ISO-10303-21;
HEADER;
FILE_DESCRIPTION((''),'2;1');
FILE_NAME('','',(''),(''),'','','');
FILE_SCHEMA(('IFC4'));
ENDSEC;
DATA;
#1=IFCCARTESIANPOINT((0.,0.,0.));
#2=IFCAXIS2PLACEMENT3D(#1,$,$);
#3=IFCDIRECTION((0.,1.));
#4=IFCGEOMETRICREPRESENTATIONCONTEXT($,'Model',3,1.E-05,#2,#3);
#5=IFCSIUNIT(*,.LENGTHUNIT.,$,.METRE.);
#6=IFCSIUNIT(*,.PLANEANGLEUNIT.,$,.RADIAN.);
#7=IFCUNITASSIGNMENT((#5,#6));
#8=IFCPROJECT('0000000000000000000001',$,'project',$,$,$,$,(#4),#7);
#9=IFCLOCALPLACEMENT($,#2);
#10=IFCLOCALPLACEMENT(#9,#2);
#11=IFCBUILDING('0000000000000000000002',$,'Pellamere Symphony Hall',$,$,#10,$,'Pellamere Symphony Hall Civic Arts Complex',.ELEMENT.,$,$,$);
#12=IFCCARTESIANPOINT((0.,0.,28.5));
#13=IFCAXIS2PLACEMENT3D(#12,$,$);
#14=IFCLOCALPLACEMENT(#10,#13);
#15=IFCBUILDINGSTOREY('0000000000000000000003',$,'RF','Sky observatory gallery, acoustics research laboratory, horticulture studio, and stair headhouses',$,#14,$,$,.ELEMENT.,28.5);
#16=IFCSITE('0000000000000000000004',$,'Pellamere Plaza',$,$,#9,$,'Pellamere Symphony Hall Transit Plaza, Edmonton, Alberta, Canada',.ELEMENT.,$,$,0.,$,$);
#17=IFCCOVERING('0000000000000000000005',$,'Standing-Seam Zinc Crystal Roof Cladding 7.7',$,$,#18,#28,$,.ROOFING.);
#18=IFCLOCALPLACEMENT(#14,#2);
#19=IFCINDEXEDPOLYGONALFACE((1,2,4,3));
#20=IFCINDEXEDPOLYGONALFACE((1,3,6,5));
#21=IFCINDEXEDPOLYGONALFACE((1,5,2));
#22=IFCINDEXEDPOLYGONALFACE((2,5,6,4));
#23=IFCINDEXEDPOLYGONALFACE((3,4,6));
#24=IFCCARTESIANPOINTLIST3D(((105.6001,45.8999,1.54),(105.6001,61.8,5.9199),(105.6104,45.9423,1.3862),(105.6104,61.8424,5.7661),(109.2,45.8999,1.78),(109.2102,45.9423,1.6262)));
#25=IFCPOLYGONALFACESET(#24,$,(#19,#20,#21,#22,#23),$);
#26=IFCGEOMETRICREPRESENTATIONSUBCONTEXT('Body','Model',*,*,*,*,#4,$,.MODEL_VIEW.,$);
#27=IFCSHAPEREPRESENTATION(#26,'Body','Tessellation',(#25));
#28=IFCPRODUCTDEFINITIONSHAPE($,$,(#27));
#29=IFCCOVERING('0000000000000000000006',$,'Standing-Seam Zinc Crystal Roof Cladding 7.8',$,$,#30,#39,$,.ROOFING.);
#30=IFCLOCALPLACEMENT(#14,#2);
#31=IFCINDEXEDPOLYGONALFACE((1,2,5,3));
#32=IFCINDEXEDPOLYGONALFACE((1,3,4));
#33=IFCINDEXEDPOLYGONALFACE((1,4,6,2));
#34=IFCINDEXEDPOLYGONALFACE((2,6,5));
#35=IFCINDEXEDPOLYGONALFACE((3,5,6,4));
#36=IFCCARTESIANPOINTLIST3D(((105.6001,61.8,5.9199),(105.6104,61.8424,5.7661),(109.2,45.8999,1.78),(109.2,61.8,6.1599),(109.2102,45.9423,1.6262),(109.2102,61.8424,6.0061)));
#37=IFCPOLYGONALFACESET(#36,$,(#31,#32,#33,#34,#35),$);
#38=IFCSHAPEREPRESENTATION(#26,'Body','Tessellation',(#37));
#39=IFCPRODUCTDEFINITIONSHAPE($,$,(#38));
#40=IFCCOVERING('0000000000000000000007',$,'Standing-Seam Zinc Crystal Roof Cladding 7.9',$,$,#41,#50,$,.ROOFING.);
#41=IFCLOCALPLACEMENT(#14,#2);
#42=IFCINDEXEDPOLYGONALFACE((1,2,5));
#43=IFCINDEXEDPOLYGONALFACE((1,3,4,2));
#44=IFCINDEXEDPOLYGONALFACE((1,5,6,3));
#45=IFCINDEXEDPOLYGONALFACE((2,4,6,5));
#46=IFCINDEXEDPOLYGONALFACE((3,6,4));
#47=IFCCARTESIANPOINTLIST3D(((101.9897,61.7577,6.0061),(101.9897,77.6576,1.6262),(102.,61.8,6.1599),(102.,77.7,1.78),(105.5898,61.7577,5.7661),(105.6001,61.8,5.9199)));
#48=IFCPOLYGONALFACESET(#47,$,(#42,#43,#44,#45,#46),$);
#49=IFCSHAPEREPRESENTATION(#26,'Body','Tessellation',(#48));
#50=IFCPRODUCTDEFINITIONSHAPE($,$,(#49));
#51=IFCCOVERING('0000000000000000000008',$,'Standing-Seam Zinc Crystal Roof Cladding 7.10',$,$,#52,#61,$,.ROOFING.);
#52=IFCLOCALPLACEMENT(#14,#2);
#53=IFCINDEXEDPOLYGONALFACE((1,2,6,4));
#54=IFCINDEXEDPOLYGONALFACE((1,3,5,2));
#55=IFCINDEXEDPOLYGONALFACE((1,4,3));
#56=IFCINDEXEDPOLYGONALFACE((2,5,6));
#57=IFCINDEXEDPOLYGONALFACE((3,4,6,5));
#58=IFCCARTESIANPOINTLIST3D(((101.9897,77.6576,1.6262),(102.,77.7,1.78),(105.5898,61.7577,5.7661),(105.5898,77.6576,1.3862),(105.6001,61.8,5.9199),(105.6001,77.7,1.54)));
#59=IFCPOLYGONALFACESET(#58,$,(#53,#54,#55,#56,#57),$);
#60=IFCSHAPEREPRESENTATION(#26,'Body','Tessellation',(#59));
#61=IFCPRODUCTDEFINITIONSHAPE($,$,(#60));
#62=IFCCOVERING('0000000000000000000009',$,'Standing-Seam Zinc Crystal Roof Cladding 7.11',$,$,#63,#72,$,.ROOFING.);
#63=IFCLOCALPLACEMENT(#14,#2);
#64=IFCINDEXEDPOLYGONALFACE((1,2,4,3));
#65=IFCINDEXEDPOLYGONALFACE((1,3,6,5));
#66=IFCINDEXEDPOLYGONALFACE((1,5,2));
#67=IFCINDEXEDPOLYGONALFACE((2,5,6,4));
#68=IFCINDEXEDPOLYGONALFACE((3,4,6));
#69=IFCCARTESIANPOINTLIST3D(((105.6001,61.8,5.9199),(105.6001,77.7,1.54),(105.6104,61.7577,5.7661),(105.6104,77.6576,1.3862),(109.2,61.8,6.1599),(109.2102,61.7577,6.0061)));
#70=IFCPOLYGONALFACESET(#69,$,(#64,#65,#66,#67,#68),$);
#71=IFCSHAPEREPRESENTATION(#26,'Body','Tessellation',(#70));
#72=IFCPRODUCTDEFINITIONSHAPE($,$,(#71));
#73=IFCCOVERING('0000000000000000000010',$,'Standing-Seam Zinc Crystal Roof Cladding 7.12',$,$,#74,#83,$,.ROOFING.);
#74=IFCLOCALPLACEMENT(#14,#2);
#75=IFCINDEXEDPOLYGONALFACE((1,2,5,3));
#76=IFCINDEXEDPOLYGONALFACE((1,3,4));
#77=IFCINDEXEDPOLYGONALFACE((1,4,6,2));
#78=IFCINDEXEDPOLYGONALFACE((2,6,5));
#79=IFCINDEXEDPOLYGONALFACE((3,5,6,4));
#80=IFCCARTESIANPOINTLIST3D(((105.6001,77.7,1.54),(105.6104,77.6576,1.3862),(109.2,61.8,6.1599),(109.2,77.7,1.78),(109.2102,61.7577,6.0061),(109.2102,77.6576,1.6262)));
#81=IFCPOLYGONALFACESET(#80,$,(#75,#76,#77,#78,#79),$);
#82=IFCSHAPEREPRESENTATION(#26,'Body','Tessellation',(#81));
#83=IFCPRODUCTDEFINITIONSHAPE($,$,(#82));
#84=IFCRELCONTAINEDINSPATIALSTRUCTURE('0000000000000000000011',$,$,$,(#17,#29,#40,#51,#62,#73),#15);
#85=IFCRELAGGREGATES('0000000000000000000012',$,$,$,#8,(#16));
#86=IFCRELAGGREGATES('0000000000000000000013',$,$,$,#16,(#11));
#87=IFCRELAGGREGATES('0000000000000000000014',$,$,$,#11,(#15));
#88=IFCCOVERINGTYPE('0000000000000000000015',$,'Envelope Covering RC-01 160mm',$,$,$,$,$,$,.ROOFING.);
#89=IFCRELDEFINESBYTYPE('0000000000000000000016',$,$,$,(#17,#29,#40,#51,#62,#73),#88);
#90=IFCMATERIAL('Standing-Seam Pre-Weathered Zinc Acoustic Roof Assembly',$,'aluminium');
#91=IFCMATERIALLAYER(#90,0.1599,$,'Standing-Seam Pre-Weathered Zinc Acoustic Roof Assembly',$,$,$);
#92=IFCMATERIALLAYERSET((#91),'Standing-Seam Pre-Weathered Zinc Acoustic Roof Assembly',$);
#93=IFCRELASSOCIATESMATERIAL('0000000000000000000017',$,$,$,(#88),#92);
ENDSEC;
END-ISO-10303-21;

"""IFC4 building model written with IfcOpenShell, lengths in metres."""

from ifc_helpers import new_model, si_unit, direction, frame, origin, place, context, subcontext, project, spatial, polyline, outline, extrude, material, layer, layer_set, type_object, element, save


model = new_model("IFC4")

# Units and contexts
model_context = context("Model", 3, precision=1e-05, world=origin(), true_north=direction((0.0, 1.0)))
body_context = subcontext(model_context, "Body", "Model", "MODEL_VIEW")
ifc_project = project(units=[si_unit("LENGTHUNIT", "METRE"), si_unit("PLANEANGLEUNIT", "RADIAN")], contexts=[model_context])

# Site, building, storey
site_placement = place(None, origin())
site = spatial("IfcSite", under=ifc_project, at=site_placement, Name="Pellamere Plaza", LongName="Pellamere Symphony Hall Transit Plaza, Edmonton, Alberta, Canada", CompositionType="ELEMENT", RefElevation=0.0)
building_placement = place(site_placement, origin())
building = spatial("IfcBuilding", under=site, at=building_placement, Name="Pellamere Symphony Hall", LongName="Pellamere Symphony Hall Civic Arts Complex", CompositionType="ELEMENT")
storey_placement = place(building_placement, frame((0.0, 0.0, 28.5)))
storey = spatial("IfcBuildingStorey", under=building, at=storey_placement, Name="RF", Description="Sky observatory gallery, acoustics research laboratory, horticulture studio, and stair headhouses", CompositionType="ELEMENT", Elevation=28.5)

# Coverings
ifc_material_1 = material(Name="Standing-Seam Pre-Weathered Zinc Acoustic Roof Assembly", Category="aluminium")
ifc_layer_1 = layer(ifc_material_1, 0.1599, Name="Standing-Seam Pre-Weathered Zinc Acoustic Roof Assembly")
ifc_layer_set_1 = layer_set([ifc_layer_1], Name="Standing-Seam Pre-Weathered Zinc Acoustic Roof Assembly")
covering_type = type_object("IfcCoveringType", Name="Envelope Covering RC-01 160mm", PredefinedType="ROOFING", material=ifc_layer_set_1)
covering_1_placement = place(storey_placement, frame((105.6001, 45.8999, 1.54), z_axis=(-0.06414, -0.265024, 0.962106), x_axis=(0.997785, 0.0, 0.066519)))
element("IfcCovering", 1, at=covering_1_placement, inside=storey, type_object=covering_type, Name="Standing-Seam Zinc Crystal Roof Cladding 7.7", PredefinedType="ROOFING", context=body_context, shape_type="SweptSolid", body=[
    extrude(outline(polyline([(0.0, 0.0), (3.6078, 0.0), (0.2913, 16.4898), (0.0, 0.0)])), origin(), (0.0, 0.0, -1.0), 0.1599),
])
covering_2_placement = place(storey_placement, frame((109.2, 45.8999, 1.78), z_axis=(-0.06414, -0.265024, 0.962106), x_axis=(0.0, 0.964091, 0.26557)))
element("IfcCovering", 2, at=covering_2_placement, inside=storey, type_object=covering_type, Name="Standing-Seam Zinc Crystal Roof Cladding 7.8", PredefinedType="ROOFING", context=body_context, shape_type="SweptSolid", body=[
    extrude(outline(polyline([(0.0, 0.0), (16.4924, 0.0), (16.4286, 3.6073), (0.0, 0.0)])), origin(), (0.0, 0.0, -1.0), 0.1599),
])
covering_3_placement = place(storey_placement, frame((102.0, 61.8, 6.1599), z_axis=(0.064136, 0.265027, 0.962106), x_axis=(0.997785, 0.0, -0.066515)))
element("IfcCovering", 3, at=covering_3_placement, inside=storey, type_object=covering_type, Name="Standing-Seam Zinc Crystal Roof Cladding 7.9", PredefinedType="ROOFING", context=body_context, shape_type="SweptSolid", body=[
    extrude(outline(polyline([(0.0, 0.0), (3.6081, 0.0), (0.2913, 16.4896), (0.0, 0.0)])), origin(), (0.0, 0.0, -1.0), 0.1599),
])
covering_4_placement = place(storey_placement, frame((105.6001, 61.8, 5.9199), z_axis=(0.064136, 0.265027, 0.962106), x_axis=(0.0, 0.96409, -0.265574)))
element("IfcCovering", 4, at=covering_4_placement, inside=storey, type_object=covering_type, Name="Standing-Seam Zinc Crystal Roof Cladding 7.10", PredefinedType="ROOFING", context=body_context, shape_type="SweptSolid", body=[
    extrude(outline(polyline([(0.0, 0.0), (16.4921, 0.0), (16.4284, 3.6075), (0.0, 0.0)])), origin(), (0.0, 0.0, -1.0), 0.1599),
])
covering_5_placement = place(storey_placement, frame((105.6001, 61.8, 5.9199), z_axis=(-0.06414, 0.265027, 0.962105), x_axis=(0.997785, 0.0, 0.066519)))
element("IfcCovering", 5, at=covering_5_placement, inside=storey, type_object=covering_type, Name="Standing-Seam Zinc Crystal Roof Cladding 7.11", PredefinedType="ROOFING", context=body_context, shape_type="SweptSolid", body=[
    extrude(outline(polyline([(0.0, 0.0), (3.6078, 0.0), (-0.2913, 16.4896), (0.0, 0.0)])), origin(), (0.0, 0.0, -1.0), 0.1599),
])
covering_6_placement = place(storey_placement, frame((109.2, 61.8, 6.1599), z_axis=(-0.06414, 0.265027, 0.962105), x_axis=(0.0, 0.96409, -0.265574)))
element("IfcCovering", 6, at=covering_6_placement, inside=storey, type_object=covering_type, Name="Standing-Seam Zinc Crystal Roof Cladding 7.12", PredefinedType="ROOFING", context=body_context, shape_type="SweptSolid", body=[
    extrude(outline(polyline([(0.0, 0.0), (16.4921, 0.0), (16.5559, 3.6073), (0.0, 0.0)])), origin(), (0.0, 0.0, -1.0), 0.1599),
])

save(model, "model.ifc")
